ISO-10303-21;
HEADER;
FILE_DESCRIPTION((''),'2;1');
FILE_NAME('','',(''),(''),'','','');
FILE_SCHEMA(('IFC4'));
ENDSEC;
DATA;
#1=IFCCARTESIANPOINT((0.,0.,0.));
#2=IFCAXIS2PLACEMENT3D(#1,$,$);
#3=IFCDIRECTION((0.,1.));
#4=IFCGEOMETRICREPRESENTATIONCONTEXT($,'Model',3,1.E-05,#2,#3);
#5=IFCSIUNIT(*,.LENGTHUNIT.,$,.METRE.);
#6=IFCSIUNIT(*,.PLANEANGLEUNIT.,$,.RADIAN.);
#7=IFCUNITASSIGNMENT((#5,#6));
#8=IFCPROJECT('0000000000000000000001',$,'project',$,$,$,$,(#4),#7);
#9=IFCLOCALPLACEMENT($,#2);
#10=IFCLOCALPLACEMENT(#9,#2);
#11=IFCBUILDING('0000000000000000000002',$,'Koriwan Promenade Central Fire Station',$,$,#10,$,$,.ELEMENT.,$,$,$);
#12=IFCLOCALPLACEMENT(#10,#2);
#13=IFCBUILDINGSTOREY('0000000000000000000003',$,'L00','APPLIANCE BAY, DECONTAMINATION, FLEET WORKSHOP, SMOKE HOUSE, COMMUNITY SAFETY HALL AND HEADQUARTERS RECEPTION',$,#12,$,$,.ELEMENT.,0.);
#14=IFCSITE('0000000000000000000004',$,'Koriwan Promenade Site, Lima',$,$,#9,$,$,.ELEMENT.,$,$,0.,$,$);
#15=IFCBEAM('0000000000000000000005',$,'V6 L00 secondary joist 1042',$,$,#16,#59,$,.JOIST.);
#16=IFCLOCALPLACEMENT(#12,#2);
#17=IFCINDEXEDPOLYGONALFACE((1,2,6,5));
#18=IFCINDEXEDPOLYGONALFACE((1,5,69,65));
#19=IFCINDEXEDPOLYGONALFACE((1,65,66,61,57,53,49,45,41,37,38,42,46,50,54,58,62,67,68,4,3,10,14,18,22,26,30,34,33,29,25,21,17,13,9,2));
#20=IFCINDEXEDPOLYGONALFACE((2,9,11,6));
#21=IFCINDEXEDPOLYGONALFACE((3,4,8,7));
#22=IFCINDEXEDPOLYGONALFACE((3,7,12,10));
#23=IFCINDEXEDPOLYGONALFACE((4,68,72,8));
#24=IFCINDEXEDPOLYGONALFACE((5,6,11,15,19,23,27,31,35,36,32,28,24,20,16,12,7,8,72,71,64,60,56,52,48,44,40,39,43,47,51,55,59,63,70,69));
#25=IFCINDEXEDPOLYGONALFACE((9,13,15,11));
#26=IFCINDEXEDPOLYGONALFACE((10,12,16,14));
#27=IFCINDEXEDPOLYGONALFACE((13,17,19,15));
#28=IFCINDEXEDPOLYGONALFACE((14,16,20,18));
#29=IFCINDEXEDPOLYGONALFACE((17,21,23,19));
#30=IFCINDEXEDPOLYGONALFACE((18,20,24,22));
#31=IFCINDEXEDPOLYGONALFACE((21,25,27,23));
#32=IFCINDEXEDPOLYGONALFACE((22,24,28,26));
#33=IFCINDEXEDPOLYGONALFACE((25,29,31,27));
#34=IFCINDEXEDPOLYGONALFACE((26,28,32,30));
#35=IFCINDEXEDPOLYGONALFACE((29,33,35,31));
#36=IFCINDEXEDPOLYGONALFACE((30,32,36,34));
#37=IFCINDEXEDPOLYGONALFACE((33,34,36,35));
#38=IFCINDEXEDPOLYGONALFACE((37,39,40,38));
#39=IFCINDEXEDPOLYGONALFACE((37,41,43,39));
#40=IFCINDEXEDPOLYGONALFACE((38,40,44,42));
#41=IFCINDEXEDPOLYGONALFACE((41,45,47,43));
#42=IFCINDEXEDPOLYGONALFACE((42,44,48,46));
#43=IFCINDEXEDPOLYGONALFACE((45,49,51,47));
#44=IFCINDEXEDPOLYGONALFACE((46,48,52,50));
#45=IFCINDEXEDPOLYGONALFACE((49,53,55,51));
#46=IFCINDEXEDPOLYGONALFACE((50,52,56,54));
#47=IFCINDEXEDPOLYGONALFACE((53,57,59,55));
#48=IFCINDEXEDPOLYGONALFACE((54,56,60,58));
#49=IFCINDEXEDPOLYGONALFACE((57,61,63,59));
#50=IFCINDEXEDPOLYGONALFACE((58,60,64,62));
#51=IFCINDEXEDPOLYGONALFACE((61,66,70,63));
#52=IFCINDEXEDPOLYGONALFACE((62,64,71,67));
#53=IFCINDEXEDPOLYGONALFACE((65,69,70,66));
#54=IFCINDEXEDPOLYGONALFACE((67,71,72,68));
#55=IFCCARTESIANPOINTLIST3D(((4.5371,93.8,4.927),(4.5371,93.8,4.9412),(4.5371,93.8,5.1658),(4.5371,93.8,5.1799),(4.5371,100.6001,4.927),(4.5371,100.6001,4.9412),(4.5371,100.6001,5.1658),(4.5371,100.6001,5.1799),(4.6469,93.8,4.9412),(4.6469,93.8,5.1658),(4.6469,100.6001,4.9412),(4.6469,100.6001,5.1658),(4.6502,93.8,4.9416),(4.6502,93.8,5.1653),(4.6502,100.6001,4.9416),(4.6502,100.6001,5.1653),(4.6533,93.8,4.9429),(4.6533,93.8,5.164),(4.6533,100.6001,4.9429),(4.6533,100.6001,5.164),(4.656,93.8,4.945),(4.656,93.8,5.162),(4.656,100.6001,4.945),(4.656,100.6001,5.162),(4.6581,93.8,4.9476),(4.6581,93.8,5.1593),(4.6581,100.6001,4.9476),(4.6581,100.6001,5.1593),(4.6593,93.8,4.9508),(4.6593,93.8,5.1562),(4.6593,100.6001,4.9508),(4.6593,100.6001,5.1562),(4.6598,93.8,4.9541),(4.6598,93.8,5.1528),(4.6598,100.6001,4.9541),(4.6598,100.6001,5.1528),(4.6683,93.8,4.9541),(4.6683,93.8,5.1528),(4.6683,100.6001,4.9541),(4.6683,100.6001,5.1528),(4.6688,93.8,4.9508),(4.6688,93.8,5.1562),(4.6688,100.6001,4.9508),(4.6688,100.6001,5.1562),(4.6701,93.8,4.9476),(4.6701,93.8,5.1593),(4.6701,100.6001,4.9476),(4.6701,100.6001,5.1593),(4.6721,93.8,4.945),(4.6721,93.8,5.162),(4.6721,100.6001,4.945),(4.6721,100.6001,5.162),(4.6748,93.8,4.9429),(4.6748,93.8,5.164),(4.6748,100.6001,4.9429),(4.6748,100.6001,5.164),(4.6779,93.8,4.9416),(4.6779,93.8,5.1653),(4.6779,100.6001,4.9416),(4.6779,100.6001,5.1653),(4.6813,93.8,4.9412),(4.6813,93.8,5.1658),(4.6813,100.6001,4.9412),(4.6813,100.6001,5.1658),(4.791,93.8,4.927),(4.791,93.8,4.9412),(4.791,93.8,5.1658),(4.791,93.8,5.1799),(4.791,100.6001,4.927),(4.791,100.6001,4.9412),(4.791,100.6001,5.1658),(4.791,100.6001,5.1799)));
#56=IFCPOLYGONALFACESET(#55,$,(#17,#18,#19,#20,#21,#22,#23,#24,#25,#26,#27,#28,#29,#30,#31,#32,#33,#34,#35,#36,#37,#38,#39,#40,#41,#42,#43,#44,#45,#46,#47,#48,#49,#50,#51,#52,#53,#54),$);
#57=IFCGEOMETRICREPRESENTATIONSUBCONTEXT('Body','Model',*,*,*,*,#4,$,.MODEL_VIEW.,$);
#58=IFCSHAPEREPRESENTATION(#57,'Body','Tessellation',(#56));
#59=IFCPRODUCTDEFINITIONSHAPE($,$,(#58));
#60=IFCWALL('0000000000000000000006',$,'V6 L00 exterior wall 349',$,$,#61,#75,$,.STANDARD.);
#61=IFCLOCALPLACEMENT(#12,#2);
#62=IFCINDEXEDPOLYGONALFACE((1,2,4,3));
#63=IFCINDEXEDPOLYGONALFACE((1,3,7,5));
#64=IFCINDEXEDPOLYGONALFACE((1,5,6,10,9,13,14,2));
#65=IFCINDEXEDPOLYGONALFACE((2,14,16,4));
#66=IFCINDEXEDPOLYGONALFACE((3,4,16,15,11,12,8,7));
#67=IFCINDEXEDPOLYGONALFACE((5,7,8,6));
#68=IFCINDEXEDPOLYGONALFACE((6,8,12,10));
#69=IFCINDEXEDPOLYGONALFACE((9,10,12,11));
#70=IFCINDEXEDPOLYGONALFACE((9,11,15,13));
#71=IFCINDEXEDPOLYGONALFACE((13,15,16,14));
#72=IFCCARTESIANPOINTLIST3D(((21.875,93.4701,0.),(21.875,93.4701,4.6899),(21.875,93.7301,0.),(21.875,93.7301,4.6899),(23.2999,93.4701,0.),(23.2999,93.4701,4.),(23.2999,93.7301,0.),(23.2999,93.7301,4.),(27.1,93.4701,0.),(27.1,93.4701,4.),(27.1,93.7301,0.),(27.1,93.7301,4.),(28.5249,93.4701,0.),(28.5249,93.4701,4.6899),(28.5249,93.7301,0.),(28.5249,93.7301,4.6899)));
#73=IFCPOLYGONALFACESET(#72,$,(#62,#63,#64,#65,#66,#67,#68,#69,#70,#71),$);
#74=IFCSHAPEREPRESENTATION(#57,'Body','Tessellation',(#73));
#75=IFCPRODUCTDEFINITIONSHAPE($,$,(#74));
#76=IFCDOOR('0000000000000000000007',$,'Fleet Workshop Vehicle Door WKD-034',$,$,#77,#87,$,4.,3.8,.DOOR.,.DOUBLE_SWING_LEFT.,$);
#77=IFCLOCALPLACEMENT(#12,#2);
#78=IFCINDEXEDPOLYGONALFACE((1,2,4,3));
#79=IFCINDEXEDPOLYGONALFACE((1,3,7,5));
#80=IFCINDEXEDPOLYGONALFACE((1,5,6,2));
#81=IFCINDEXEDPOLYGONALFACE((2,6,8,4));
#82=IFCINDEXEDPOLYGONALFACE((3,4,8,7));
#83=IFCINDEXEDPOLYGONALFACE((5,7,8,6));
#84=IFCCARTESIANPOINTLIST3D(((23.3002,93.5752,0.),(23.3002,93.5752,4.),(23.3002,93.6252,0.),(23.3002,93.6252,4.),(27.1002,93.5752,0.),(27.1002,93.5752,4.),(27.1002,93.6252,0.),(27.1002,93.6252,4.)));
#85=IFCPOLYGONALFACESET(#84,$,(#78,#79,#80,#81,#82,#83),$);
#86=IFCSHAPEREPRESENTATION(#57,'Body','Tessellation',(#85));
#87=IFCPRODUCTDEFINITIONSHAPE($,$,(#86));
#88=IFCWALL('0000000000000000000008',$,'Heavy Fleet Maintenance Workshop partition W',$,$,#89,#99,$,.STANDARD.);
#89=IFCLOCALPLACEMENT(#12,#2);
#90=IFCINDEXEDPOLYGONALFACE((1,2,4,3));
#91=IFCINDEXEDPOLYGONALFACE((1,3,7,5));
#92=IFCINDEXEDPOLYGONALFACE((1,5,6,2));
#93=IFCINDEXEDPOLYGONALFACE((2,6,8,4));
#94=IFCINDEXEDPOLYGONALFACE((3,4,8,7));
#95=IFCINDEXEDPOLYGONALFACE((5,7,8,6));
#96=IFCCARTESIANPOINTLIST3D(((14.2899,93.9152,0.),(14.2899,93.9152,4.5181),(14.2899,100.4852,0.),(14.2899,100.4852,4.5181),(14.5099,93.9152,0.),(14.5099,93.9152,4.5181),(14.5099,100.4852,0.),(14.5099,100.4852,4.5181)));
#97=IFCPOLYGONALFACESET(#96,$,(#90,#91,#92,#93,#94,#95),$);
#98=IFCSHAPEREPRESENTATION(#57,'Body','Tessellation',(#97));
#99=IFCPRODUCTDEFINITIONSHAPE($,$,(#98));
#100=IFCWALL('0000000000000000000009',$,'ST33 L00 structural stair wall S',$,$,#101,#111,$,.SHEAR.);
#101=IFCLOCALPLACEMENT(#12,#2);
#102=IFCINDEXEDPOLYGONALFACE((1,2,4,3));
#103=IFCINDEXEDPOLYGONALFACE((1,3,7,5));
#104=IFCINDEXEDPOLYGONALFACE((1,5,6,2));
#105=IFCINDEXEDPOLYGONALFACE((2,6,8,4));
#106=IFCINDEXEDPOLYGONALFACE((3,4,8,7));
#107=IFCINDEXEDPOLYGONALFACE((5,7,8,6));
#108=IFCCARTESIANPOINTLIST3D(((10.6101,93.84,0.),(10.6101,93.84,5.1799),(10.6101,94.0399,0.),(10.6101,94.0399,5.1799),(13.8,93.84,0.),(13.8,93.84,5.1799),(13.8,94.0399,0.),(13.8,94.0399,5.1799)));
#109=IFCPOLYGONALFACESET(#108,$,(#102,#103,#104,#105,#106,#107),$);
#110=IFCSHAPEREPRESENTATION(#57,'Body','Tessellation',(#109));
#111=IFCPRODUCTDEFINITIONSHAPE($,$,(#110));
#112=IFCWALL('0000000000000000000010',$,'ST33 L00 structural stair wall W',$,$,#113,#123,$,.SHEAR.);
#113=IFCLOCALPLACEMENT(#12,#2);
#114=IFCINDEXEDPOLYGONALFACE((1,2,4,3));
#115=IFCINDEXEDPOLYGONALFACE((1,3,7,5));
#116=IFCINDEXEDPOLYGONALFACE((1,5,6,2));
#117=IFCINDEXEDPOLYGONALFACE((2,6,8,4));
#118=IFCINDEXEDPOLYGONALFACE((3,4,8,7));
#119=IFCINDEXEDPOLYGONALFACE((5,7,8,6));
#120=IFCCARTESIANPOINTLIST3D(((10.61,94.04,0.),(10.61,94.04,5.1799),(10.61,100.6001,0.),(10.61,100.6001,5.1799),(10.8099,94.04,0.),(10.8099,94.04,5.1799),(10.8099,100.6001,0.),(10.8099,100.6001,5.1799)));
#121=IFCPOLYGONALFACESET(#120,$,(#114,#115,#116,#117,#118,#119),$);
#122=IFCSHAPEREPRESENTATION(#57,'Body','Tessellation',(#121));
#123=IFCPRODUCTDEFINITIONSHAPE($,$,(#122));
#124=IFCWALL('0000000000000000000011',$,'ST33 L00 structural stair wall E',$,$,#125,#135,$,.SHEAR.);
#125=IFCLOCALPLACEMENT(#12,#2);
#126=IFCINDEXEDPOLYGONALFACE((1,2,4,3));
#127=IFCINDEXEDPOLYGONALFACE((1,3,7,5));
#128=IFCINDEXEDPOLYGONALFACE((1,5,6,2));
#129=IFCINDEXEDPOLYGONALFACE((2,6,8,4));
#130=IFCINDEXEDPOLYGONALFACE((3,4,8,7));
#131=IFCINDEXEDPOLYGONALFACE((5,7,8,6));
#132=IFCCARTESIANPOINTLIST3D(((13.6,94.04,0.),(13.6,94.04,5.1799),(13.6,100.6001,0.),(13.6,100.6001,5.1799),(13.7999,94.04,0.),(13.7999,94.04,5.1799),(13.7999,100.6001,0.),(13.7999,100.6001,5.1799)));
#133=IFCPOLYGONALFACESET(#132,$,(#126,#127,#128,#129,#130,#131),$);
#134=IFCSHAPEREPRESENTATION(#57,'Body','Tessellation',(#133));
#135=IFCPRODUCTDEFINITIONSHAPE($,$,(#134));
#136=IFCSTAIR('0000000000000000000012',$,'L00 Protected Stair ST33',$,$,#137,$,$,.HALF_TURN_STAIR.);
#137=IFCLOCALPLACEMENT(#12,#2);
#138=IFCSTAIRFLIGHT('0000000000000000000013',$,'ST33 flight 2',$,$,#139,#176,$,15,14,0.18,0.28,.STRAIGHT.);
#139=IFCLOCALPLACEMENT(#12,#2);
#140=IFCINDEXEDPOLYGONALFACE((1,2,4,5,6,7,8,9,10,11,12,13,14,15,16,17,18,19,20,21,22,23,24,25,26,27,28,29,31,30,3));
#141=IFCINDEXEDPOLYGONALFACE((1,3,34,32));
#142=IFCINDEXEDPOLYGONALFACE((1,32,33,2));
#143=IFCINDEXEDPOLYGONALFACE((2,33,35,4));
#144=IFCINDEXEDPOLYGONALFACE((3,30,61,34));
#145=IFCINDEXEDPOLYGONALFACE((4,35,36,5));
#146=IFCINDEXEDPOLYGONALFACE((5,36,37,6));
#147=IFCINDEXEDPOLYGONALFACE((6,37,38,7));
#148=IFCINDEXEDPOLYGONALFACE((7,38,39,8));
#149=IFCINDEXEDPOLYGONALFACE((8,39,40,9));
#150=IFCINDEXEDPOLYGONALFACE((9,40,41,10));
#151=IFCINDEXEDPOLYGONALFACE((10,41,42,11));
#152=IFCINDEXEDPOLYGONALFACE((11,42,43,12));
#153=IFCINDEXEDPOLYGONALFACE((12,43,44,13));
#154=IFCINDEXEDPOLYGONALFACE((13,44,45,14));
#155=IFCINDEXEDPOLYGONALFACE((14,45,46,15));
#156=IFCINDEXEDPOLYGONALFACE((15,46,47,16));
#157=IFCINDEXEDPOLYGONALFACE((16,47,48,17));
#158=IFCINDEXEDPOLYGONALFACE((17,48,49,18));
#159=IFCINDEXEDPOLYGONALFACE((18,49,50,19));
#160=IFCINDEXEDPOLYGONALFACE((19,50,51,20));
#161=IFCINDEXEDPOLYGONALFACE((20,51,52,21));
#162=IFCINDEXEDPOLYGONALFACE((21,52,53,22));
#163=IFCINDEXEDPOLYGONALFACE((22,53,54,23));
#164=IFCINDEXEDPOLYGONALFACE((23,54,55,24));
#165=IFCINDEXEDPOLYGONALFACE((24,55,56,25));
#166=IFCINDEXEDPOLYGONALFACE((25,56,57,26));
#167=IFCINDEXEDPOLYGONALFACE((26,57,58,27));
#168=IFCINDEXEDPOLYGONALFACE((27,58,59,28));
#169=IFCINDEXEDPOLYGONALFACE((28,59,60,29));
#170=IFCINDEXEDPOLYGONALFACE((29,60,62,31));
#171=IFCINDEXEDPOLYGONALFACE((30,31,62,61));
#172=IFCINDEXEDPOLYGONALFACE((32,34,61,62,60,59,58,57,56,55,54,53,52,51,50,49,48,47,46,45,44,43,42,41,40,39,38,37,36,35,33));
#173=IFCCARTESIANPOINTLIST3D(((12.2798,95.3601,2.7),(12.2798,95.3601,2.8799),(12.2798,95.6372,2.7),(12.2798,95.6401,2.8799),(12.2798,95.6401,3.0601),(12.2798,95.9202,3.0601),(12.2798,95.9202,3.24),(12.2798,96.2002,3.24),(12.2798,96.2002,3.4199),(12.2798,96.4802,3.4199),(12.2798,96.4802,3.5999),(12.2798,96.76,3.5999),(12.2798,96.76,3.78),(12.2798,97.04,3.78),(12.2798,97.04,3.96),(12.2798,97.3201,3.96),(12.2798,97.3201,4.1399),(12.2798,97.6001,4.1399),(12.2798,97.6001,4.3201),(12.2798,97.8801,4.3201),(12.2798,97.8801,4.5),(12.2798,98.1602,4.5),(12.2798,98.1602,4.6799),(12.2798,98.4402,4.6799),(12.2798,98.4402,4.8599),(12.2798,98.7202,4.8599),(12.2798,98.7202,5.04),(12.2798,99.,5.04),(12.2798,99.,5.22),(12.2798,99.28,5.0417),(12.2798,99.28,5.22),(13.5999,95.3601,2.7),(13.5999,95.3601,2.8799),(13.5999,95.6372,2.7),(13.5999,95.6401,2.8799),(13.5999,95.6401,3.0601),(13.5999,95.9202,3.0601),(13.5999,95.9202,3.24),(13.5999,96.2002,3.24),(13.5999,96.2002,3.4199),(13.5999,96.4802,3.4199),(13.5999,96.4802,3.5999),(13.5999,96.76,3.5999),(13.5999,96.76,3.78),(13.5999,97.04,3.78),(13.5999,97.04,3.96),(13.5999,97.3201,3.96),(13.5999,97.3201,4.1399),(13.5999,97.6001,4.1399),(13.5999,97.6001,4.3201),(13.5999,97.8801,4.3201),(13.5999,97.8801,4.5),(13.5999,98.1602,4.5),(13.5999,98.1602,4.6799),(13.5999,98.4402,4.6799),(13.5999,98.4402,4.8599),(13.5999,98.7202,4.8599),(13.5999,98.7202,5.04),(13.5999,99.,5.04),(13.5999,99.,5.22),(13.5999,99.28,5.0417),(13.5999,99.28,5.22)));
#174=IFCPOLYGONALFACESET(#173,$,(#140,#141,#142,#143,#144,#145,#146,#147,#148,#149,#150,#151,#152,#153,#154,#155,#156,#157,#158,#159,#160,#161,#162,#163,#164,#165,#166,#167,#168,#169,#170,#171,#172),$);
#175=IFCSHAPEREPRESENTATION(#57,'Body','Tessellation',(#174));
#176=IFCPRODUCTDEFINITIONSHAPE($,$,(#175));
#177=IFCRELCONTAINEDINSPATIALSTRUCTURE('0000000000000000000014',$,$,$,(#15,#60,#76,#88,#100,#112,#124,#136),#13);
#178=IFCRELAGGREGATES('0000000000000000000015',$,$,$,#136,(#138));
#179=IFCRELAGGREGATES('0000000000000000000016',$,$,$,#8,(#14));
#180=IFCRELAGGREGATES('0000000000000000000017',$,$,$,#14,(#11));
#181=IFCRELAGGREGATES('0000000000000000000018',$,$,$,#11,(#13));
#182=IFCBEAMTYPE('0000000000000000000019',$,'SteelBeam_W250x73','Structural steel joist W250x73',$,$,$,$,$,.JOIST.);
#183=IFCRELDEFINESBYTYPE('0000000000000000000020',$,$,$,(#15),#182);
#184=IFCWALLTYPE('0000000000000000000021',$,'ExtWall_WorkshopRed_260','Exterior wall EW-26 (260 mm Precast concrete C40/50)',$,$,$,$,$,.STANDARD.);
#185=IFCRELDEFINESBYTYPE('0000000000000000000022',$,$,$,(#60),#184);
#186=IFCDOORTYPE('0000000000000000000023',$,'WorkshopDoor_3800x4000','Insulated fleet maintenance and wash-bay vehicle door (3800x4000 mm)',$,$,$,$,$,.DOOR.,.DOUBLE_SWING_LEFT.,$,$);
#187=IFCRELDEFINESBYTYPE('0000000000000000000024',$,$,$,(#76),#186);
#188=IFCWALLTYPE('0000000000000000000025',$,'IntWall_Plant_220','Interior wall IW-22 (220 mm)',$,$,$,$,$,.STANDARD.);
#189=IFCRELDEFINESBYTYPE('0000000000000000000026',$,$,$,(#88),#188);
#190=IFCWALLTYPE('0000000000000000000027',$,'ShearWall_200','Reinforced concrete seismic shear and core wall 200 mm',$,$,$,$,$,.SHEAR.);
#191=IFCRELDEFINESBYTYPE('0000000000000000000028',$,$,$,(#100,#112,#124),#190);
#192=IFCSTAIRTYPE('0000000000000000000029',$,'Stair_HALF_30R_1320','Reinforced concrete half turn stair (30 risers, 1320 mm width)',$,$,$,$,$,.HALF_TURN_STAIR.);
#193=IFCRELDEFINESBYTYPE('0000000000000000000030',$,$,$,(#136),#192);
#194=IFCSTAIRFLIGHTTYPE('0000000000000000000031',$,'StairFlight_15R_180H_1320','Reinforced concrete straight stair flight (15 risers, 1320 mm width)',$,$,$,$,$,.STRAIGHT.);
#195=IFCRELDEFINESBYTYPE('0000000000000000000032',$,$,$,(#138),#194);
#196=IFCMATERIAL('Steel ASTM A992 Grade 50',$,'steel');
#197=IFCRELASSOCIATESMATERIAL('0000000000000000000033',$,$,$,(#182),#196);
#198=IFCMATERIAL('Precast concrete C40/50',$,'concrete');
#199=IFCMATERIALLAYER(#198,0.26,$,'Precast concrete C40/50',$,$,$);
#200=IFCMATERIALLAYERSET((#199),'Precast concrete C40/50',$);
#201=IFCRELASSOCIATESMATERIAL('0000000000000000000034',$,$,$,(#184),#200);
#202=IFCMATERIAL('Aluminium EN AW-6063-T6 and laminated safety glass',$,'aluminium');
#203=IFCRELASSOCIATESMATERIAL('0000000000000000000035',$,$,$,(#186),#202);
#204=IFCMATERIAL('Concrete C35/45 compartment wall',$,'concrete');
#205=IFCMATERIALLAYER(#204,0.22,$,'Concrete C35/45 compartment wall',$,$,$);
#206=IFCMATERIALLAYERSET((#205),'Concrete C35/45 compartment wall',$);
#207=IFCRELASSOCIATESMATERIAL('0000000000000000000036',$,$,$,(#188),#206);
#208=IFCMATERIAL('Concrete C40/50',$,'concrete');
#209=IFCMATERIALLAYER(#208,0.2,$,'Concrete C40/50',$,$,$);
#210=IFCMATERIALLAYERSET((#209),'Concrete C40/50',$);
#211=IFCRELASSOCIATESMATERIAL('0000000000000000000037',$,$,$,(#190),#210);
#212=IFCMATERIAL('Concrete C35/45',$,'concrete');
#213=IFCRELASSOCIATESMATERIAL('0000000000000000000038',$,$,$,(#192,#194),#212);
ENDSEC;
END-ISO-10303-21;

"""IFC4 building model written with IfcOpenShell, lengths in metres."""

from ifc_helpers import new_model, si_unit, direction, frame, frame_2d, origin, origin_2d, place, context, subcontext, project, spatial, polyline, rectangle, i_section, outline, extrude, material, layer, layer_set, material_profile, profile_set, type_object, element, fill, aggregate, save


model = new_model("IFC4")

# Units and contexts
model_context = context("Model", 3, precision=1e-05, world=origin(), true_north=direction((0.0, 1.0)))
body_context = subcontext(model_context, "Body", "Model", "MODEL_VIEW")
ifc_project = project(units=[si_unit("LENGTHUNIT", "METRE"), si_unit("PLANEANGLEUNIT", "RADIAN")], contexts=[model_context])

# Site, building, storey
site_placement = place(None, origin())
site = spatial("IfcSite", under=ifc_project, at=site_placement, Name="Koriwan Promenade Site, Lima", CompositionType="ELEMENT", RefElevation=0.0)
building_placement = place(site_placement, origin())
building = spatial("IfcBuilding", under=site, at=building_placement, Name="Koriwan Promenade Central Fire Station", CompositionType="ELEMENT")
storey_placement = place(building_placement, origin())
storey = spatial("IfcBuildingStorey", under=building, at=storey_placement, Name="L00", Description="APPLIANCE BAY, DECONTAMINATION, FLEET WORKSHOP, SMOKE HOUSE, COMMUNITY SAFETY HALL AND HEADQUARTERS RECEPTION", CompositionType="ELEMENT", Elevation=0.0)

# Shared definitions
ifc_material_1 = material(Name="Concrete C35/45", Category="concrete")

# Shared definitions
ifc_material_2 = material(Name="Concrete C40/50", Category="concrete")

# Beam
ifc_material_3 = material(Name="Steel ASTM A992 Grade 50", Category="steel")
ifc_material_profile_1 = material_profile(ifc_material_3, i_section(OverallWidth=0.2539, OverallDepth=0.2529, WebThickness=0.0085, FlangeThickness=0.0142, FilletRadius=0.0129, at=origin_2d()), Name="W250x73")
ifc_profile_set_1 = profile_set([ifc_material_profile_1], Name="Steel ASTM A992 Grade 50")
beam_type_1 = type_object("IfcBeamType", Name="SteelBeam_W250x73", Description="Structural steel joist W250x73", PredefinedType="JOIST", material=ifc_profile_set_1)
beam_1_placement = place(storey_placement, frame((4.6641, 93.8, 5.0535), z_axis=(0.0, 1.0, 0.0), x_axis=(-1.0, 0.0, 0.0)))
element("IfcBeam", 1, at=beam_1_placement, inside=storey, type_object=beam_type_1, Name="V6 L00 secondary joist 1042", PredefinedType="JOIST", context=body_context, shape_type="SweptSolid", body=[
    extrude(i_section(OverallWidth=0.2539, OverallDepth=0.2529, WebThickness=0.0085, FlangeThickness=0.0142, FilletRadius=0.0129, at=origin_2d()), origin(), (0.0, 0.0, 1.0), 6.8),
])

# Wall, opening, door
ifc_material_4 = material(Name="Precast concrete C40/50", Category="concrete")
ifc_layer_1 = layer(ifc_material_4, 0.26, Name="Precast concrete C40/50")
ifc_layer_set_1 = layer_set([ifc_layer_1], Name="Precast concrete C40/50")
wall_type_1 = type_object("IfcWallType", Name="ExtWall_WorkshopRed_260", Description="Exterior wall EW-26 (260 mm Precast concrete C40/50)", PredefinedType="STANDARD", material=ifc_layer_set_1)
wall_1_placement = place(storey_placement, frame((21.875, 93.6001, 0.0), z_axis=(0.0, 0.0, 1.0), x_axis=(1.0, 0.0, 0.0)))
wall_1 = element("IfcWall", 2, at=wall_1_placement, inside=storey, type_object=wall_type_1, Name="V6 L00 exterior wall 349", PredefinedType="STANDARD", context=body_context, shape_type="SweptSolid", body=[
    extrude(rectangle(XDim=6.6499, YDim=0.26, at=frame_2d((3.325, 0.0))), origin(), (0.0, 0.0, 1.0), 4.6899),
])
opening_placement = place(wall_1_placement, frame((1.425, 0.0, 0.0)))
opening = element("IfcOpeningElement", 3, at=opening_placement, cuts=wall_1, PredefinedType="OPENING", context=body_context, shape_type="SweptSolid", body=[
    extrude(rectangle(XDim=3.8, YDim=4.0, at=frame_2d((1.8999, 2.0))), frame((0.0, 0.1421, 0.0), z_axis=(0.0, -1.0, 0.0), x_axis=(1.0, 0.0, 0.0)), (0.0, 0.0, 1.0), 0.2839),
])
ifc_material_5 = material(Name="Aluminium EN AW-6063-T6 and laminated safety glass", Category="aluminium")
door_type = type_object("IfcDoorType", Name="WorkshopDoor_3800x4000", Description="Insulated fleet maintenance and wash-bay vehicle door (3800x4000 mm)", OperationType="DOUBLE_SWING_LEFT", PredefinedType="DOOR", material=ifc_material_5)
door_placement = place(opening_placement, frame((3.8, 0.0, 0.0), z_axis=(0.0, 0.0, 1.0), x_axis=(-1.0, 0.0, 0.0)))
door = element("IfcDoor", 4, at=door_placement, inside=storey, type_object=door_type, Name="Fleet Workshop Vehicle Door WKD-034", OperationType="DOUBLE_SWING_LEFT", OverallHeight=4.0, OverallWidth=3.8, PredefinedType="DOOR", context=body_context, shape_type="SweptSolid", body=[
    extrude(rectangle(XDim=3.8, YDim=4.0, at=frame_2d((1.8999, 2.0))), frame((0.0, 0.0249, 0.0), z_axis=(0.0, -1.0, 0.0), x_axis=(1.0, 0.0, 0.0)), (0.0, 0.0, 1.0), 0.05),
])
fill(opening, door)

# Walls
ifc_material_6 = material(Name="Concrete C35/45 compartment wall", Category="concrete")
ifc_layer_2 = layer(ifc_material_6, 0.22, Name="Concrete C35/45 compartment wall")
ifc_layer_set_2 = layer_set([ifc_layer_2], Name="Concrete C35/45 compartment wall")
wall_type_2 = type_object("IfcWallType", Name="IntWall_Plant_220", Description="Interior wall IW-22 (220 mm)", PredefinedType="STANDARD", material=ifc_layer_set_2)
wall_2_placement = place(storey_placement, frame((14.3999, 93.915, 0.0), z_axis=(0.0, 0.0, 1.0), x_axis=(0.0, 1.0, 0.0)))
element("IfcWall", 5, at=wall_2_placement, inside=storey, type_object=wall_type_2, Name="Heavy Fleet Maintenance Workshop partition W", PredefinedType="STANDARD", context=body_context, shape_type="SweptSolid", body=[
    extrude(rectangle(XDim=6.5701, YDim=0.22, at=frame_2d((3.2852, 0.0))), origin(), (0.0, 0.0, 1.0), 4.5181),
])
ifc_layer_3 = layer(ifc_material_2, 0.2, Name="Concrete C40/50")
ifc_layer_set_3 = layer_set([ifc_layer_3], Name="Concrete C40/50")
wall_type_3 = type_object("IfcWallType", Name="ShearWall_200", Description="Reinforced concrete seismic shear and core wall 200 mm", PredefinedType="SHEAR", material=ifc_layer_set_3)
wall_3_placement = place(storey_placement, frame((10.6101, 93.9399, 0.0), z_axis=(0.0, 0.0, 1.0), x_axis=(1.0, 0.0, 0.0)))
element("IfcWall", 6, at=wall_3_placement, inside=storey, type_object=wall_type_3, Name="ST33 L00 structural stair wall S", PredefinedType="SHEAR", context=body_context, shape_type="SweptSolid", body=[
    extrude(rectangle(XDim=3.1899, YDim=0.2, at=frame_2d((1.595, 0.0))), origin(), (0.0, 0.0, 1.0), 5.1799),
])
for number, where, z_axis, x_axis, name in (
    (7, (10.71, 94.04, 0.0), (0.0, 0.0, 1.0), (0.0, 1.0, 0.0), "ST33 L00 structural stair wall W"),
    (8, (13.7, 94.04, 0.0), (0.0, 0.0, 1.0), (0.0, 1.0, 0.0), "ST33 L00 structural stair wall E"),
):
    element("IfcWall", number, at=place(storey_placement, frame(where, z_axis=z_axis, x_axis=x_axis)), inside=storey, type_object=wall_type_3, Name=name, PredefinedType="SHEAR", context=body_context, shape_type="SweptSolid", body=[
        extrude(rectangle(XDim=6.5601, YDim=0.2, at=frame_2d((3.28, 0.0))), origin(), (0.0, 0.0, 1.0), 5.1799),
    ])

# Stair, stair flight
stair_type = type_object("IfcStairType", Name="Stair_HALF_30R_1320", Description="Reinforced concrete half turn stair (30 risers, 1320 mm width)", PredefinedType="HALF_TURN_STAIR", material=ifc_material_1)
stair_placement = place(storey_placement, origin())
stair = element("IfcStair", 9, at=stair_placement, inside=storey, type_object=stair_type, Name="L00 Protected Stair ST33", PredefinedType="HALF_TURN_STAIR")
stair_flight_type = type_object("IfcStairFlightType", Name="StairFlight_15R_180H_1320", Description="Reinforced concrete straight stair flight (15 risers, 1320 mm width)", PredefinedType="STRAIGHT", material=ifc_material_1)
stair_flight_placement = place(storey_placement, frame((12.9399, 95.3601, 2.7), z_axis=(0.0, 0.0, 1.0), x_axis=(0.0, 1.0, 0.0)))
stair_flight = element("IfcStairFlight", 10, at=stair_flight_placement, type_object=stair_flight_type, Name="ST33 flight 2", NumberOfRisers=15, NumberOfTreads=14, PredefinedType="STRAIGHT", RiserHeight=0.18, TreadLength=0.28, context=body_context, shape_type="SweptSolid", body=[
    extrude(outline(polyline([(0.0, 0.0), (0.0, 0.1799), (0.28, 0.1799), (0.28, 0.3601), (0.5601, 0.3601), (0.5601, 0.54), (0.8401, 0.54), (0.8401, 0.72), (1.1201, 0.72), (1.1201, 0.8999), (1.3999, 0.8999), (1.3999, 1.0801), (1.6799, 1.0801), (1.6799, 1.26), (1.96, 1.26), (1.96, 1.4399), (2.24, 1.4399), (2.24, 1.6201), (2.52, 1.6201), (2.52, 1.8), (2.8, 1.8), (2.8, 1.98), (3.0801, 1.98), (3.0801, 2.1599), (3.3601, 2.1599), (3.3601, 2.3401), (3.6399, 2.3401), (3.6399, 2.52), (3.9199, 2.52), (3.9199, 2.7), (3.9199, 2.3418), (0.2771, 0.0), (0.0, 0.0)])), frame((0.0, 0.6602, 0.0), z_axis=(0.0, -1.0, 0.0), x_axis=(1.0, 0.0, 0.0)), (0.0, 0.0, 1.0), 1.3201),
])
aggregate(stair, [stair_flight])

save(model, "model.ifc")
